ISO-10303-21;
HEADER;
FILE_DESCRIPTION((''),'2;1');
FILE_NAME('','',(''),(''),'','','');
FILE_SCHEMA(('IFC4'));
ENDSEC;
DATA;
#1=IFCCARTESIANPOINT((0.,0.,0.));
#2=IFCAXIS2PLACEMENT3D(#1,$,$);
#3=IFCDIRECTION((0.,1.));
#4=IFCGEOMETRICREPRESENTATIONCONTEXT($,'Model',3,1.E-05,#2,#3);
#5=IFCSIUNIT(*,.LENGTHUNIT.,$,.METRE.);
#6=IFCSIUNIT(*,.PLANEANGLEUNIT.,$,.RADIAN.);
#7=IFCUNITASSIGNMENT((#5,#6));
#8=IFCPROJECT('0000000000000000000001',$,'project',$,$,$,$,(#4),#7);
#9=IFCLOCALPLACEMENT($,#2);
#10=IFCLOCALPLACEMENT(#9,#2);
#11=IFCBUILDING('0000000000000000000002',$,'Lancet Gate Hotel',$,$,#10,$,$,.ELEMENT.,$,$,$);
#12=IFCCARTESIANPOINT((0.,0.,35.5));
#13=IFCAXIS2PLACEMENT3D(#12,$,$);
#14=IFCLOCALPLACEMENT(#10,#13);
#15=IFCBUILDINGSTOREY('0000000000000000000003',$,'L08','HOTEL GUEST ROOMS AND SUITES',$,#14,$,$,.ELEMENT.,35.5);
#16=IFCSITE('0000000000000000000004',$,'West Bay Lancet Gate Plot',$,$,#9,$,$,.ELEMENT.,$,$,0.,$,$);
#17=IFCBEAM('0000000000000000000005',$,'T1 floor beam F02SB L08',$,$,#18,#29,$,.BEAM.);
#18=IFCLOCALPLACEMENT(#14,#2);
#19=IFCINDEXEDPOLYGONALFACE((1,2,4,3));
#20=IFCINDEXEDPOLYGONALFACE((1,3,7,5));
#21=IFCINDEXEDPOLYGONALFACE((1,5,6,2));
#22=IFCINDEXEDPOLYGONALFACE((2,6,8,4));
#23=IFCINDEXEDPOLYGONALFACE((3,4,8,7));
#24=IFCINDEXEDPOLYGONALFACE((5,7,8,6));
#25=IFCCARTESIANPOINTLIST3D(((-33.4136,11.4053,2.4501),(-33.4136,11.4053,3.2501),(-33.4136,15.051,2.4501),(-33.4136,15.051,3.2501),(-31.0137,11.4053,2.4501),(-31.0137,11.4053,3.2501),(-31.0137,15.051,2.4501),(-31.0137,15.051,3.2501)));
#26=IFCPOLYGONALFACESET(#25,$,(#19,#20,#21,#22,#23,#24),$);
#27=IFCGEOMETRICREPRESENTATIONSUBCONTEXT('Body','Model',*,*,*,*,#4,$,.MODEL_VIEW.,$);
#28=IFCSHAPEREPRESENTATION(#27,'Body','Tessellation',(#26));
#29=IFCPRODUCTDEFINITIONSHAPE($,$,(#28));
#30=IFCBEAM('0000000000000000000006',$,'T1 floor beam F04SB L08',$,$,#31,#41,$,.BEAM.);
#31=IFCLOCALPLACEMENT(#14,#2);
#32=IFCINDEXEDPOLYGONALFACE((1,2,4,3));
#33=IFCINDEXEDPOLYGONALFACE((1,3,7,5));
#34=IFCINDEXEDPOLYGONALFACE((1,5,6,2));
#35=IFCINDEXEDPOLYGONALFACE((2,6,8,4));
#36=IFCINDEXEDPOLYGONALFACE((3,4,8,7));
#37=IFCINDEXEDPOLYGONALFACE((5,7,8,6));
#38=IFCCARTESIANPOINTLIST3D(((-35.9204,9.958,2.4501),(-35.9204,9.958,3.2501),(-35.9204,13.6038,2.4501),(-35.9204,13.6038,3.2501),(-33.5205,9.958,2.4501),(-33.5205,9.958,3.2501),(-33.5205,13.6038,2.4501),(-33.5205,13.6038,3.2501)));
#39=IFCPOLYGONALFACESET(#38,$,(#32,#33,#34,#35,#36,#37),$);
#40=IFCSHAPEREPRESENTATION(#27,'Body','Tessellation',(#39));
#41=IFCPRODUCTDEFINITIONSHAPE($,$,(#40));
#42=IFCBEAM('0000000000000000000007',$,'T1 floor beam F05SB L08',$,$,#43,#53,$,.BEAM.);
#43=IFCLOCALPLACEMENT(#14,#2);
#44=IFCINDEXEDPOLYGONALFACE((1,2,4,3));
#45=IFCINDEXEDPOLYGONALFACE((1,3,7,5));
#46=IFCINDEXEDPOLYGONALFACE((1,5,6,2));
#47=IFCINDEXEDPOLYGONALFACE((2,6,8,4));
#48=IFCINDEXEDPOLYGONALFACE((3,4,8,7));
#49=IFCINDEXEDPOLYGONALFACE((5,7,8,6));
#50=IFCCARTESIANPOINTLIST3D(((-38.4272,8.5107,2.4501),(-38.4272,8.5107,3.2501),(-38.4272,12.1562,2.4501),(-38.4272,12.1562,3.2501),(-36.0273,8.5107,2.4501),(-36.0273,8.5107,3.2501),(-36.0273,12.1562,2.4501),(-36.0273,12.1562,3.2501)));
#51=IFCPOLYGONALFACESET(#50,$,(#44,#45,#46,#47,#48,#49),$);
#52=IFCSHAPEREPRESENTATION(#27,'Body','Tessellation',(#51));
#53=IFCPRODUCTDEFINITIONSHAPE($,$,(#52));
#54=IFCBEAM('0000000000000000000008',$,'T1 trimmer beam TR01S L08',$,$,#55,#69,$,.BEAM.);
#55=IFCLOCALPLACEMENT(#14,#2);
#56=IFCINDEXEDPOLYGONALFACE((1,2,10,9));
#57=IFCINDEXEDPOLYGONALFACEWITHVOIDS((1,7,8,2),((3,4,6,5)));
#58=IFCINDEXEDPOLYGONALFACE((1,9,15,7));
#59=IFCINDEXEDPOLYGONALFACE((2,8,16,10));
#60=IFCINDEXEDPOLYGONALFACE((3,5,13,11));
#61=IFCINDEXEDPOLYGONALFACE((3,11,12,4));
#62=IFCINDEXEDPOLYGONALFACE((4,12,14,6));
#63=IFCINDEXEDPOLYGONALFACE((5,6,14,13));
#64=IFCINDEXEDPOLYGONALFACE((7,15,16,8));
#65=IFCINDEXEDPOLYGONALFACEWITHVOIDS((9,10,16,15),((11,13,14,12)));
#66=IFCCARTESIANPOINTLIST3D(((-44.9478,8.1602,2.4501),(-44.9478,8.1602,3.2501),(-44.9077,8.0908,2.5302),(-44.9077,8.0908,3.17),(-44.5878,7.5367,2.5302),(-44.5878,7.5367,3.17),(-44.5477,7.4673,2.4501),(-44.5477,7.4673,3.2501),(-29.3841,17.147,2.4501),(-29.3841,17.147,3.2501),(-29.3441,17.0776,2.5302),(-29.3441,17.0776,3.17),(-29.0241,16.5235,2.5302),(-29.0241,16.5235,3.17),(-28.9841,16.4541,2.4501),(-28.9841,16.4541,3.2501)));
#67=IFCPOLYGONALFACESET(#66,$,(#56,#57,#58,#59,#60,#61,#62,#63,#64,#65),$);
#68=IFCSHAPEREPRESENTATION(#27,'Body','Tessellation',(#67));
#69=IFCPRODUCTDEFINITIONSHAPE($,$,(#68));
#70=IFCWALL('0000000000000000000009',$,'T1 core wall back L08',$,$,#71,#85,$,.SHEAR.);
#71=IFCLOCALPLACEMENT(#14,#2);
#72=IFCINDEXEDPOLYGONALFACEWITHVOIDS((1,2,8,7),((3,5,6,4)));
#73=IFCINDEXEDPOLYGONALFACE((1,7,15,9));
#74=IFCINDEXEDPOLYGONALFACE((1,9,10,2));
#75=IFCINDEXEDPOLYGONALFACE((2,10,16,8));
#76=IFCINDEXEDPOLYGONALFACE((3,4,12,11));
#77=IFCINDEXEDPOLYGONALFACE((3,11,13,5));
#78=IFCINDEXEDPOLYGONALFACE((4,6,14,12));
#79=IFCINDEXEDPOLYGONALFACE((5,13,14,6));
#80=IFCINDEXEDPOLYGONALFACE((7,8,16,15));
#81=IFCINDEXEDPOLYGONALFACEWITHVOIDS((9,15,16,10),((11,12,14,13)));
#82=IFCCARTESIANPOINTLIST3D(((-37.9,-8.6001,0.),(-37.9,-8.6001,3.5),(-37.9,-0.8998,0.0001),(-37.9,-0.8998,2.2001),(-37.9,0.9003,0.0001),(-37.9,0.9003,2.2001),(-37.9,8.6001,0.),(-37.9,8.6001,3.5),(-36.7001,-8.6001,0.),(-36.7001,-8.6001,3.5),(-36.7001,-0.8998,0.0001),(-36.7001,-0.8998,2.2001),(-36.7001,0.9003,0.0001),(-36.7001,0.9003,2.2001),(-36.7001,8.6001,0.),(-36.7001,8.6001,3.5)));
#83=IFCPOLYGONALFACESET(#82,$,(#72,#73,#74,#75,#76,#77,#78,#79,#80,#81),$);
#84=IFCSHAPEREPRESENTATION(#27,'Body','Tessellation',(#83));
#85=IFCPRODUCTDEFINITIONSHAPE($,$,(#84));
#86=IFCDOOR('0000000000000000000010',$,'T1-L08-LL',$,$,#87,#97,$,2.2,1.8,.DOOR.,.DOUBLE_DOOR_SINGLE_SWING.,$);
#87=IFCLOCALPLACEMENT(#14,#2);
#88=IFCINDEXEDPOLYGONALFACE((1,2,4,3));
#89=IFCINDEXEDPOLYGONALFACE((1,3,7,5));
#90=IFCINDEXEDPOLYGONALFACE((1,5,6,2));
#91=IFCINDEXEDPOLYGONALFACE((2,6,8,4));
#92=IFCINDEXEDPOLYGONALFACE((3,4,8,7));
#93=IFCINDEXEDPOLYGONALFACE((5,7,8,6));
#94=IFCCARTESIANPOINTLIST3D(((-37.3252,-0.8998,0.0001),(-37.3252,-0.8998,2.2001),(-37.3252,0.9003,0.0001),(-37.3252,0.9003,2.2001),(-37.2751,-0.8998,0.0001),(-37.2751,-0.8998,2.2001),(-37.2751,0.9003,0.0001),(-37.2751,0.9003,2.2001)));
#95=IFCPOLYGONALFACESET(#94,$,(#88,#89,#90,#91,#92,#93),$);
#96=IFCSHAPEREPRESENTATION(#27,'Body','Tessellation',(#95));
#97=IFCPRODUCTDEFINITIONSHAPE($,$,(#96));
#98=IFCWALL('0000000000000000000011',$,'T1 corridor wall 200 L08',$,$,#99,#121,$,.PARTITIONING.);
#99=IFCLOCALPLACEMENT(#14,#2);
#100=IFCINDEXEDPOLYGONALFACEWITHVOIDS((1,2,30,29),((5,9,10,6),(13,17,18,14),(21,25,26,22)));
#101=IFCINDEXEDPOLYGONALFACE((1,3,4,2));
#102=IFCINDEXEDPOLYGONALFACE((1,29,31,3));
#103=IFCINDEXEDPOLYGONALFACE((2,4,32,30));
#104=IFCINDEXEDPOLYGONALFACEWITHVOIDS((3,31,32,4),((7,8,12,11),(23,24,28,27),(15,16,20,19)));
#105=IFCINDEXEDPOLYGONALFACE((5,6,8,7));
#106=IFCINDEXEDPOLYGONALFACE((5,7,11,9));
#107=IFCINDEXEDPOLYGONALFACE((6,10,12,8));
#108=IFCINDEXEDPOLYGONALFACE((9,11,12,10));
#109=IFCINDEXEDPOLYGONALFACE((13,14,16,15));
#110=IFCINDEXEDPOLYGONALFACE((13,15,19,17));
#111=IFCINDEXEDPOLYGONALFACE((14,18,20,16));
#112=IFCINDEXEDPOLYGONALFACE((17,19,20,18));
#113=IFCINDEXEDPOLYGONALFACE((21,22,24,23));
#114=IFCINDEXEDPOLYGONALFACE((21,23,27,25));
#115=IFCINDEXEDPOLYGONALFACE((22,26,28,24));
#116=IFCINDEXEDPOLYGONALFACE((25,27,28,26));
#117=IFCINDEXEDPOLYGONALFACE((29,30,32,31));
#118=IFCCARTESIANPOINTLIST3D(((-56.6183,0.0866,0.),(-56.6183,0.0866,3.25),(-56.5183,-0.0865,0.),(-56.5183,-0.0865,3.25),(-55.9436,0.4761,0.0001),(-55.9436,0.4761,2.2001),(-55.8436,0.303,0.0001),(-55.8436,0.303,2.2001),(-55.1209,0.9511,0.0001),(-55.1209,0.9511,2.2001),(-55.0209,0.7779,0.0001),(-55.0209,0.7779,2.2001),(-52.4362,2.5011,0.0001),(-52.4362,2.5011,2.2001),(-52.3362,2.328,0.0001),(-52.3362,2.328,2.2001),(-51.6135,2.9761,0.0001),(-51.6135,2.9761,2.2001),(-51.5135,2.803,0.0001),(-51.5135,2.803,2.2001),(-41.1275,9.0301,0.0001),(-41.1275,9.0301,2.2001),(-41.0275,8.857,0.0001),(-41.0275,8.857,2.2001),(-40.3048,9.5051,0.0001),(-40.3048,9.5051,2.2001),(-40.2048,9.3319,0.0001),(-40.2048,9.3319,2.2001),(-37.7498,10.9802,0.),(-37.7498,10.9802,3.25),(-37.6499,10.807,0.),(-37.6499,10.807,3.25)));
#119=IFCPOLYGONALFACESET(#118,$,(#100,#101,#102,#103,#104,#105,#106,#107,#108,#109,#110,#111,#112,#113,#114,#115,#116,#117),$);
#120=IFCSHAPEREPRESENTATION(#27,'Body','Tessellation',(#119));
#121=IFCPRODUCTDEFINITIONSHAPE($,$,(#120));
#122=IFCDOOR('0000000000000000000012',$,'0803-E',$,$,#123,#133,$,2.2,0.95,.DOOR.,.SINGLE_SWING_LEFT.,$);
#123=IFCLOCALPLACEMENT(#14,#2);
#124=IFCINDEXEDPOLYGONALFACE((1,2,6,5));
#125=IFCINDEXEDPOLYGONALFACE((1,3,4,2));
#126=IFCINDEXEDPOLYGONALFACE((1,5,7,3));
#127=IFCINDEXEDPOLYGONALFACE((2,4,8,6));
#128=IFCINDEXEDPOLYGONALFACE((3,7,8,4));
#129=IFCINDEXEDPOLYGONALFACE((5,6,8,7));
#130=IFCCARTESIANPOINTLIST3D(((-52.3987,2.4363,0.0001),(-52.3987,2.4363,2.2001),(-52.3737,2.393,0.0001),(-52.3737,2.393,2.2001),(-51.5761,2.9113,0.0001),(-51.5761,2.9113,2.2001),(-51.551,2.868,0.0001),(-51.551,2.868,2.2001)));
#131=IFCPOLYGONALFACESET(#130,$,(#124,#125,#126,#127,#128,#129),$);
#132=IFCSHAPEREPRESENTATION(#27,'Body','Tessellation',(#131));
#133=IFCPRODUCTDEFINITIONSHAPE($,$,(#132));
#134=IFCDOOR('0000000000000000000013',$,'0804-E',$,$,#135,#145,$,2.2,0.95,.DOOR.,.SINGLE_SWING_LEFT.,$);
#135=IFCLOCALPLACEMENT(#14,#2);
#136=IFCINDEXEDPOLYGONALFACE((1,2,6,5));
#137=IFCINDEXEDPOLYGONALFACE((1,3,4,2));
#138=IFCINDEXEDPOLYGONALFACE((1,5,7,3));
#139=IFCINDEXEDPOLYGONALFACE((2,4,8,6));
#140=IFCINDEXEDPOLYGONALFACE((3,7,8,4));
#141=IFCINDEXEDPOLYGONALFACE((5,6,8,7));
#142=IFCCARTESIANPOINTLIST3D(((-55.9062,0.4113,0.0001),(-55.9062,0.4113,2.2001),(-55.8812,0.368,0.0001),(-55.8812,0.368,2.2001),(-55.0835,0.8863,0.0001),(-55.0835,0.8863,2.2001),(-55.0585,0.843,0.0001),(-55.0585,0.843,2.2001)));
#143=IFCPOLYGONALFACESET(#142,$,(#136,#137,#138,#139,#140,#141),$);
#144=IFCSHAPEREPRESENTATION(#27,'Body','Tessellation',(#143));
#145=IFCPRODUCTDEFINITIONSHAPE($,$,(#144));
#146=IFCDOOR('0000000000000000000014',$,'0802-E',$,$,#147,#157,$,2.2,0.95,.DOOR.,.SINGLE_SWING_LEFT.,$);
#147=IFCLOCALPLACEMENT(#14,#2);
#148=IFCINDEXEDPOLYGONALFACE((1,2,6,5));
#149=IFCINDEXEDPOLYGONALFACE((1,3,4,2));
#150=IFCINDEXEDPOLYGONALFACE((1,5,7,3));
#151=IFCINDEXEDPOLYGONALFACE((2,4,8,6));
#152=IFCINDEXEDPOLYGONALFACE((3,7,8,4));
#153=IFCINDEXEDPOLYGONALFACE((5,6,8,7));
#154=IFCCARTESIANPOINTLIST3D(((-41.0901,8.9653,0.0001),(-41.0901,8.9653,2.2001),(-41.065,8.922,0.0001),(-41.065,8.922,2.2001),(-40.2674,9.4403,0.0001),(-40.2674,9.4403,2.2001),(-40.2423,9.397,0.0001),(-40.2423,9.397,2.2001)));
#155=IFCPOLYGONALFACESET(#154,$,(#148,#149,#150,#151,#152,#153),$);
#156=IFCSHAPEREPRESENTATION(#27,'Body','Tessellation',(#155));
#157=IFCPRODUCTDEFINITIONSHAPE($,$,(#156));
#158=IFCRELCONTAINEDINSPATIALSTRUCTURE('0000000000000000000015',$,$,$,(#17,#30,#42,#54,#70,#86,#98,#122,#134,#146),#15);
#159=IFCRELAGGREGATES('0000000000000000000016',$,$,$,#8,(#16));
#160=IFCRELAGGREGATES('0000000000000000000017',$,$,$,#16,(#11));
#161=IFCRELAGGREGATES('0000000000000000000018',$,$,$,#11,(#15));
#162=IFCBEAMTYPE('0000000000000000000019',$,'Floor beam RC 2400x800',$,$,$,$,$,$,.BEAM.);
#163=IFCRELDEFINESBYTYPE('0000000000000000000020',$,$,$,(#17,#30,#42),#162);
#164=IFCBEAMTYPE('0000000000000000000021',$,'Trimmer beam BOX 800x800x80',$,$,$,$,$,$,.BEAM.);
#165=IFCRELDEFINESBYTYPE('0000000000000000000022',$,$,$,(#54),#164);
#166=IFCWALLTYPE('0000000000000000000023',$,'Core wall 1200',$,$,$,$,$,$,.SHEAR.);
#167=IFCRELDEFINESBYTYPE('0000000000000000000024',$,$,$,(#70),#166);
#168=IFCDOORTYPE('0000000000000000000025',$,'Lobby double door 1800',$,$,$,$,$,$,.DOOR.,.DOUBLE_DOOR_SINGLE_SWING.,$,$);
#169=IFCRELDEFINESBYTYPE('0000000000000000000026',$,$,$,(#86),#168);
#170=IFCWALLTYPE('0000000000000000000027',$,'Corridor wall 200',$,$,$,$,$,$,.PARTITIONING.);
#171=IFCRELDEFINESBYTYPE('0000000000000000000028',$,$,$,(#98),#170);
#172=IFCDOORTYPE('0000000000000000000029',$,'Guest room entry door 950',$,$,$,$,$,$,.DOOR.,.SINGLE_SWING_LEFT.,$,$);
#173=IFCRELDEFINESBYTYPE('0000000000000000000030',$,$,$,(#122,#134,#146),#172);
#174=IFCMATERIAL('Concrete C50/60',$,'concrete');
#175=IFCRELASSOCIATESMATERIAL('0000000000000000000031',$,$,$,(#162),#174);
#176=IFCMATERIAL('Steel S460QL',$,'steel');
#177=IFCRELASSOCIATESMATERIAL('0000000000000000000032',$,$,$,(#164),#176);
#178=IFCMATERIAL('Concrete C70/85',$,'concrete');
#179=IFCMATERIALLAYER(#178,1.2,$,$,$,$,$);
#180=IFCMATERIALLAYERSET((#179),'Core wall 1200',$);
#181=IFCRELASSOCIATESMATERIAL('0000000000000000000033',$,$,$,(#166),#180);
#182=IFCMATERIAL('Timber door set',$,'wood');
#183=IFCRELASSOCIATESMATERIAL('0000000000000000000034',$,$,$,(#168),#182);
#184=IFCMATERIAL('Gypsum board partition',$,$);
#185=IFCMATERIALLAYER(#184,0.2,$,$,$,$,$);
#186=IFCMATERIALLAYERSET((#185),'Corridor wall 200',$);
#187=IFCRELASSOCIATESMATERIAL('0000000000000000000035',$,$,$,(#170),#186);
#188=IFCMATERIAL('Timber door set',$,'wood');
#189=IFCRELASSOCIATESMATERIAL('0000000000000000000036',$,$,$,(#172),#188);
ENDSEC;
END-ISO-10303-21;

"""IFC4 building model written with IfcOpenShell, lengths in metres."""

from ifc_helpers import new_model, si_unit, direction, frame, frame_2d, origin, origin_2d, place, context, subcontext, project, spatial, rectangle, hollow_rectangle, extrude, material, layer, layer_set, material_profile, profile_set, type_object, element, fill, save


model = new_model("IFC4")

# Units and contexts
model_context = context("Model", 3, precision=1e-05, world=origin(), true_north=direction((0.0, 1.0)))
body_context = subcontext(model_context, "Body", "Model", "MODEL_VIEW")
ifc_project = project(units=[si_unit("LENGTHUNIT", "METRE"), si_unit("PLANEANGLEUNIT", "RADIAN")], contexts=[model_context])

# Site, building, storey
site_placement = place(None, origin())
site = spatial("IfcSite", under=ifc_project, at=site_placement, Name="West Bay Lancet Gate Plot", CompositionType="ELEMENT", RefElevation=0.0)
building_placement = place(site_placement, origin())
building = spatial("IfcBuilding", under=site, at=building_placement, Name="Lancet Gate Hotel", CompositionType="ELEMENT")
storey_placement = place(building_placement, frame((0.0, 0.0, 35.5)))
storey = spatial("IfcBuildingStorey", under=building, at=storey_placement, Name="L08", Description="HOTEL GUEST ROOMS AND SUITES", CompositionType="ELEMENT", Elevation=35.5)

# Beams
ifc_material_1 = material(Name="Concrete C50/60", Category="concrete")
ifc_material_profile_1 = material_profile(ifc_material_1, rectangle(XDim=2.3999, YDim=0.8, at=origin_2d()), Name="RC 2400x800")
ifc_profile_set_1 = profile_set([ifc_material_profile_1], Name="Concrete C50/60")
beam_type_1 = type_object("IfcBeamType", Name="Floor beam RC 2400x800", PredefinedType="BEAM", material=ifc_profile_set_1)
for number, where, z_axis, x_axis, name in (
    (1, (-32.2136, 15.051, 2.8501), (0.0, -1.0, 0.0), (1.0, 0.0, 0.0), "T1 floor beam F02SB L08"),
    (2, (-34.7205, 13.6038, 2.8501), (0.0, -1.0, 0.0), (1.0, 0.0, 0.0), "T1 floor beam F04SB L08"),
):
    element("IfcBeam", number, at=place(storey_placement, frame(where, z_axis=z_axis, x_axis=x_axis)), inside=storey, type_object=beam_type_1, Name=name, PredefinedType="BEAM", context=body_context, shape_type="SweptSolid", body=[
        extrude(rectangle(XDim=2.3999, YDim=0.8, at=origin_2d()), origin(), (0.0, 0.0, 1.0), 3.6458),
    ])
beam_1_placement = place(storey_placement, frame((-37.2273, 12.1562, 2.8501), z_axis=(0.0, -1.0, 0.0), x_axis=(1.0, 0.0, 0.0)))
element("IfcBeam", 3, at=beam_1_placement, inside=storey, type_object=beam_type_1, Name="T1 floor beam F05SB L08", PredefinedType="BEAM", context=body_context, shape_type="SweptSolid", body=[
    extrude(rectangle(XDim=2.3999, YDim=0.8, at=origin_2d()), origin(), (0.0, 0.0, 1.0), 3.6455),
])
ifc_material_2 = material(Name="Steel S460QL", Category="steel")
ifc_material_profile_2 = material_profile(ifc_material_2, hollow_rectangle(XDim=0.8, YDim=0.8, WallThickness=0.0801, at=origin_2d()), Name="BOX 800x800x80")
ifc_profile_set_2 = profile_set([ifc_material_profile_2], Name="Steel S460QL")
beam_type_2 = type_object("IfcBeamType", Name="Trimmer beam BOX 800x800x80", PredefinedType="BEAM", material=ifc_profile_set_2)
beam_2_placement = place(storey_placement, frame((-29.1841, 16.8005, 2.8501), z_axis=(-0.865999, -0.500046, 0.0), x_axis=(0.500046, -0.865999, 0.0)))
element("IfcBeam", 4, at=beam_2_placement, inside=storey, type_object=beam_type_2, Name="T1 trimmer beam TR01S L08", PredefinedType="BEAM", context=body_context, shape_type="SweptSolid", body=[
    extrude(hollow_rectangle(XDim=0.8, YDim=0.8, WallThickness=0.0801, at=origin_2d()), origin(), (0.0, 0.0, 1.0), 17.9719),
])

# Wall, opening, door
ifc_material_3 = material(Name="Concrete C70/85", Category="concrete")
ifc_layer_1 = layer(ifc_material_3, 1.2)
ifc_layer_set_1 = layer_set([ifc_layer_1], Name="Core wall 1200")
wall_type_1 = type_object("IfcWallType", Name="Core wall 1200", PredefinedType="SHEAR", material=ifc_layer_set_1)
wall_1_placement = place(storey_placement, frame((-37.3, 8.6001, 0.0), z_axis=(0.0, 0.0, 1.0), x_axis=(0.0, -1.0, 0.0)))
wall_1 = element("IfcWall", 5, at=wall_1_placement, inside=storey, type_object=wall_type_1, Name="T1 core wall back L08", PredefinedType="SHEAR", context=body_context, shape_type="SweptSolid", body=[
    extrude(rectangle(XDim=17.2002, YDim=1.2, at=frame_2d((8.6001, 0.0))), origin(), (0.0, 0.0, 1.0), 3.5),
])
opening_1_placement = place(wall_1_placement, frame((7.7, 0.0, 0.0)))
opening_1 = element("IfcOpeningElement", 6, at=opening_1_placement, cuts=wall_1, PredefinedType="OPENING", context=body_context, shape_type="SweptSolid", body=[
    extrude(rectangle(XDim=1.8, YDim=2.2, at=frame_2d((0.8999, 1.1001))), frame((0.0, 0.6099, 0.0), z_axis=(0.0, -1.0, 0.0), x_axis=(1.0, 0.0, 0.0)), (0.0, 0.0, 1.0), 1.22),
])
ifc_material_4 = material(Name="Timber door set", Category="wood")
door_type_1 = type_object("IfcDoorType", Name="Lobby double door 1800", OperationType="DOUBLE_DOOR_SINGLE_SWING", PredefinedType="DOOR", material=ifc_material_4)
door_1_placement = place(opening_1_placement, origin())
door_1 = element("IfcDoor", 7, at=door_1_placement, inside=storey, type_object=door_type_1, Name="T1-L08-LL", OperationType="DOUBLE_DOOR_SINGLE_SWING", OverallHeight=2.2, OverallWidth=1.8, PredefinedType="DOOR", context=body_context, shape_type="SweptSolid", body=[
    extrude(rectangle(XDim=1.8, YDim=2.2, at=frame_2d((0.8999, 1.1001))), frame((0.0, 0.0249, 0.0), z_axis=(0.0, -1.0, 0.0), x_axis=(1.0, 0.0, 0.0)), (0.0, 0.0, 1.0), 0.05),
])
fill(opening_1, door_1)

# Wall, openings, doors
ifc_material_5 = material(Name="Gypsum board partition")
ifc_layer_2 = layer(ifc_material_5, 0.2)
ifc_layer_set_2 = layer_set([ifc_layer_2], Name="Corridor wall 200")
wall_type_2 = type_object("IfcWallType", Name="Corridor wall 200", PredefinedType="PARTITIONING", material=ifc_layer_set_2)
wall_2_placement = place(storey_placement, frame((-37.7, 10.8936, 0.0), z_axis=(0.0, 0.0, 1.0), x_axis=(-0.866028, -0.499996, 0.0)))
wall_2 = element("IfcWall", 8, at=wall_2_placement, inside=storey, type_object=wall_type_2, Name="T1 corridor wall 200 L08", PredefinedType="PARTITIONING", context=body_context, shape_type="SweptSolid", body=[
    extrude(rectangle(XDim=21.7874, YDim=0.2, at=frame_2d((10.8936, 0.0))), origin(), (0.0, 0.0, 1.0), 3.25),
])
opening_2_placement = place(wall_2_placement, frame((16.0081, 0.0, 0.0)))
opening_2 = element("IfcOpeningElement", 9, at=opening_2_placement, cuts=wall_2, PredefinedType="OPENING", context=body_context, shape_type="SweptSolid", body=[
    extrude(rectangle(XDim=0.95, YDim=2.2, at=frame_2d((0.4751, 1.1001))), frame((0.0, 0.1099, 0.0), z_axis=(0.0, -1.0, 0.0), x_axis=(1.0, 0.0, 0.0)), (0.0, 0.0, 1.0), 0.22),
])
opening_3_placement = place(wall_2_placement, frame((20.0581, 0.0, 0.0)))
opening_3 = element("IfcOpeningElement", 10, at=opening_3_placement, cuts=wall_2, PredefinedType="OPENING", context=body_context, shape_type="SweptSolid", body=[
    extrude(rectangle(XDim=0.95, YDim=2.2, at=frame_2d((0.4751, 1.1001))), frame((0.0, 0.1099, 0.0), z_axis=(0.0, -1.0, 0.0), x_axis=(1.0, 0.0, 0.0)), (0.0, 0.0, 1.0), 0.22),
])
opening_4_placement = place(wall_2_placement, frame((2.95, 0.0, 0.0)))
opening_4 = element("IfcOpeningElement", 11, at=opening_4_placement, cuts=wall_2, PredefinedType="OPENING", context=body_context, shape_type="SweptSolid", body=[
    extrude(rectangle(XDim=0.95, YDim=2.2, at=frame_2d((0.4751, 1.1001))), frame((0.0, 0.1099, 0.0), z_axis=(0.0, -1.0, 0.0), x_axis=(1.0, 0.0, 0.0)), (0.0, 0.0, 1.0), 0.22),
])
ifc_material_6 = material(Name="Timber door set", Category="wood")
door_type_2 = type_object("IfcDoorType", Name="Guest room entry door 950", OperationType="SINGLE_SWING_LEFT", PredefinedType="DOOR", material=ifc_material_6)
door_2_placement = place(opening_2_placement, origin())
door_2 = element("IfcDoor", 12, at=door_2_placement, inside=storey, type_object=door_type_2, Name="0803-E", OperationType="SINGLE_SWING_LEFT", OverallHeight=2.2, OverallWidth=0.95, PredefinedType="DOOR", context=body_context, shape_type="SweptSolid", body=[
    extrude(rectangle(XDim=0.95, YDim=2.2, at=frame_2d((0.4751, 1.1001))), frame((0.0, 0.0249, 0.0), z_axis=(0.0, -1.0, 0.0), x_axis=(1.0, 0.0, 0.0)), (0.0, 0.0, 1.0), 0.05),
])
fill(opening_2, door_2)
door_3_placement = place(opening_3_placement, origin())
door_3 = element("IfcDoor", 13, at=door_3_placement, inside=storey, type_object=door_type_2, Name="0804-E", OperationType="SINGLE_SWING_LEFT", OverallHeight=2.2, OverallWidth=0.95, PredefinedType="DOOR", context=body_context, shape_type="SweptSolid", body=[
    extrude(rectangle(XDim=0.95, YDim=2.2, at=frame_2d((0.4751, 1.1001))), frame((0.0, 0.0249, 0.0), z_axis=(0.0, -1.0, 0.0), x_axis=(1.0, 0.0, 0.0)), (0.0, 0.0, 1.0), 0.05),
])
fill(opening_3, door_3)
door_4_placement = place(opening_4_placement, origin())
door_4 = element("IfcDoor", 14, at=door_4_placement, inside=storey, type_object=door_type_2, Name="0802-E", OperationType="SINGLE_SWING_LEFT", OverallHeight=2.2, OverallWidth=0.95, PredefinedType="DOOR", context=body_context, shape_type="SweptSolid", body=[
    extrude(rectangle(XDim=0.95, YDim=2.2, at=frame_2d((0.4751, 1.1001))), frame((0.0, 0.0249, 0.0), z_axis=(0.0, -1.0, 0.0), x_axis=(1.0, 0.0, 0.0)), (0.0, 0.0, 1.0), 0.05),
])
fill(opening_4, door_4)

save(model, "model.ifc")
